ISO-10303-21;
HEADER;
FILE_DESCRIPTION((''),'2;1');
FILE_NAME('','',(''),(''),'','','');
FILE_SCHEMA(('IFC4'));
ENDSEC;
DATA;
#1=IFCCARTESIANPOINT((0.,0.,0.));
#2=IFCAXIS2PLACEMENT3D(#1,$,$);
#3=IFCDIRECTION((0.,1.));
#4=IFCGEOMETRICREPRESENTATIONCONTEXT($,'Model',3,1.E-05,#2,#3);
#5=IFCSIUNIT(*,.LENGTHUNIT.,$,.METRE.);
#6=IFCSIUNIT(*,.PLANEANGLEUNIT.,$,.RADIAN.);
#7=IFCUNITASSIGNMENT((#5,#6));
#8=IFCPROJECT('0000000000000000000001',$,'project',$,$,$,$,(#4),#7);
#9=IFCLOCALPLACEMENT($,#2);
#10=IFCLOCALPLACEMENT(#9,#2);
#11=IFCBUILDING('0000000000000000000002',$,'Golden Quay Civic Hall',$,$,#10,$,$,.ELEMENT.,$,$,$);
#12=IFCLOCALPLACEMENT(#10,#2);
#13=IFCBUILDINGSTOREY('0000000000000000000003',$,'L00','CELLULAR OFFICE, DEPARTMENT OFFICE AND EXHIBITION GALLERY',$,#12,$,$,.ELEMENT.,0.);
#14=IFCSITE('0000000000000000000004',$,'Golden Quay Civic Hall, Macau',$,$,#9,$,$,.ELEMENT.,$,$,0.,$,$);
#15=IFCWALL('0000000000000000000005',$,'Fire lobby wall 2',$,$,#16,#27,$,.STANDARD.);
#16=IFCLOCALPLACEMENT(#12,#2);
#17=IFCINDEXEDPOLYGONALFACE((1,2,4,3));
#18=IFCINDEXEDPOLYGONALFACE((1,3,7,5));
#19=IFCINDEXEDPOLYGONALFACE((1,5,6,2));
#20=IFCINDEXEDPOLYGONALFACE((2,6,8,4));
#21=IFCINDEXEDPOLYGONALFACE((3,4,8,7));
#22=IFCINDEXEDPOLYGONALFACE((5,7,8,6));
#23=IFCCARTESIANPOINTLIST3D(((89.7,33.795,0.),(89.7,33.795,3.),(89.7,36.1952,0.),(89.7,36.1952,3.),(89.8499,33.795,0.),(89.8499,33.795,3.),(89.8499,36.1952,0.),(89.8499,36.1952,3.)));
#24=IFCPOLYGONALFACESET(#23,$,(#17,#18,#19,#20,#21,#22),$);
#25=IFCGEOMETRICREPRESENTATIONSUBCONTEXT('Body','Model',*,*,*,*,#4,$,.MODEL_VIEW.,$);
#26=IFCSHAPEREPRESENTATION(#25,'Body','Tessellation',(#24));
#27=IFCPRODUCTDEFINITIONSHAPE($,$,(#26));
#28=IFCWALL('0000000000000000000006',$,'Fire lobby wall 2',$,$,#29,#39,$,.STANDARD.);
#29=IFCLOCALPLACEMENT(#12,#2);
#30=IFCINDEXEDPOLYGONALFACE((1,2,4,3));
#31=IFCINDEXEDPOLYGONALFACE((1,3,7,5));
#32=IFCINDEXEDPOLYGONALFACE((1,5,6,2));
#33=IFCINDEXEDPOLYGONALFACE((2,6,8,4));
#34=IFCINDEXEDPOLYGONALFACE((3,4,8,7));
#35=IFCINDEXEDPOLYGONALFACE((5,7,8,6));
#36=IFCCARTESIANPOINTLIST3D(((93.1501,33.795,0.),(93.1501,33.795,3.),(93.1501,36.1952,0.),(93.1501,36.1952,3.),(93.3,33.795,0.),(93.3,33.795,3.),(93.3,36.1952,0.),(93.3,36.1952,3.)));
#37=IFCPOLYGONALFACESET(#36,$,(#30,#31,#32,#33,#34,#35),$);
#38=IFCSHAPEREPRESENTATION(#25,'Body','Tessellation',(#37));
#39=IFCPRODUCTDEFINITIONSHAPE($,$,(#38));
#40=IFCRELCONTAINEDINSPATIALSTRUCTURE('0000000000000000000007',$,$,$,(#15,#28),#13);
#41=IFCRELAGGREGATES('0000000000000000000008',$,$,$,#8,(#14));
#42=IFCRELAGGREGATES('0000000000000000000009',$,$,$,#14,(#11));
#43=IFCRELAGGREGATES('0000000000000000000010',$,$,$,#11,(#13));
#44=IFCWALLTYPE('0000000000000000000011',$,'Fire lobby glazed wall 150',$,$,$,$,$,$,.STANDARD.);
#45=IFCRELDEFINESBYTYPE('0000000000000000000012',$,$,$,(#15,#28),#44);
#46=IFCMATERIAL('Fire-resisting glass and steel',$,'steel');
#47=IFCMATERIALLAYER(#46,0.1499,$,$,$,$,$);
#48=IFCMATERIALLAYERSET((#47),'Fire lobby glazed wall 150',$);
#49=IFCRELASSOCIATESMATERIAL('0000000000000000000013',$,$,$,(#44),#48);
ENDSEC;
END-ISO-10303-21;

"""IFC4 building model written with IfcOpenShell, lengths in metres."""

from ifc_helpers import new_model, si_unit, direction, frame, frame_2d, origin, place, context, subcontext, project, spatial, rectangle, extrude, material, layer, layer_set, type_object, element, save


model = new_model("IFC4")

# Units and contexts
model_context = context("Model", 3, precision=1e-05, world=origin(), true_north=direction((0.0, 1.0)))
body_context = subcontext(model_context, "Body", "Model", "MODEL_VIEW")
ifc_project = project(units=[si_unit("LENGTHUNIT", "METRE"), si_unit("PLANEANGLEUNIT", "RADIAN")], contexts=[model_context])

# Site, building, storey
site_placement = place(None, origin())
site = spatial("IfcSite", under=ifc_project, at=site_placement, Name="Golden Quay Civic Hall, Macau", CompositionType="ELEMENT", RefElevation=0.0)
building_placement = place(site_placement, origin())
building = spatial("IfcBuilding", under=site, at=building_placement, Name="Golden Quay Civic Hall", CompositionType="ELEMENT")
storey_placement = place(building_placement, origin())
storey = spatial("IfcBuildingStorey", under=building, at=storey_placement, Name="L00", Description="CELLULAR OFFICE, DEPARTMENT OFFICE AND EXHIBITION GALLERY", CompositionType="ELEMENT", Elevation=0.0)

# Shared definitions
ifc_material_1 = material(Name="Fire-resisting glass and steel", Category="steel")
ifc_layer_1 = layer(ifc_material_1, 0.1499)
ifc_layer_set_1 = layer_set([ifc_layer_1], Name="Fire lobby glazed wall 150")
wall_type_1 = type_object("IfcWallType", Name="Fire lobby glazed wall 150", PredefinedType="STANDARD", material=ifc_layer_set_1)

# Walls
for number, where, z_axis, x_axis, name in (
    (1, (89.7749, 33.7949, 0.0), (0.0, 0.0, 1.0), (0.0, 1.0, 0.0), "Fire lobby wall 2"),
    (2, (93.2251, 33.7949, 0.0), (0.0, 0.0, 1.0), (0.0, 1.0, 0.0), "Fire lobby wall 2"),
):
    element("IfcWall", number, at=place(storey_placement, frame(where, z_axis=z_axis, x_axis=x_axis)), inside=storey, type_object=wall_type_1, Name=name, PredefinedType="STANDARD", context=body_context, shape_type="SweptSolid", body=[
        extrude(rectangle(XDim=2.4001, YDim=0.1499, at=frame_2d((1.2002, 0.0))), origin(), (0.0, 0.0, 1.0), 3.0),
    ])

save(model, "model.ifc")
